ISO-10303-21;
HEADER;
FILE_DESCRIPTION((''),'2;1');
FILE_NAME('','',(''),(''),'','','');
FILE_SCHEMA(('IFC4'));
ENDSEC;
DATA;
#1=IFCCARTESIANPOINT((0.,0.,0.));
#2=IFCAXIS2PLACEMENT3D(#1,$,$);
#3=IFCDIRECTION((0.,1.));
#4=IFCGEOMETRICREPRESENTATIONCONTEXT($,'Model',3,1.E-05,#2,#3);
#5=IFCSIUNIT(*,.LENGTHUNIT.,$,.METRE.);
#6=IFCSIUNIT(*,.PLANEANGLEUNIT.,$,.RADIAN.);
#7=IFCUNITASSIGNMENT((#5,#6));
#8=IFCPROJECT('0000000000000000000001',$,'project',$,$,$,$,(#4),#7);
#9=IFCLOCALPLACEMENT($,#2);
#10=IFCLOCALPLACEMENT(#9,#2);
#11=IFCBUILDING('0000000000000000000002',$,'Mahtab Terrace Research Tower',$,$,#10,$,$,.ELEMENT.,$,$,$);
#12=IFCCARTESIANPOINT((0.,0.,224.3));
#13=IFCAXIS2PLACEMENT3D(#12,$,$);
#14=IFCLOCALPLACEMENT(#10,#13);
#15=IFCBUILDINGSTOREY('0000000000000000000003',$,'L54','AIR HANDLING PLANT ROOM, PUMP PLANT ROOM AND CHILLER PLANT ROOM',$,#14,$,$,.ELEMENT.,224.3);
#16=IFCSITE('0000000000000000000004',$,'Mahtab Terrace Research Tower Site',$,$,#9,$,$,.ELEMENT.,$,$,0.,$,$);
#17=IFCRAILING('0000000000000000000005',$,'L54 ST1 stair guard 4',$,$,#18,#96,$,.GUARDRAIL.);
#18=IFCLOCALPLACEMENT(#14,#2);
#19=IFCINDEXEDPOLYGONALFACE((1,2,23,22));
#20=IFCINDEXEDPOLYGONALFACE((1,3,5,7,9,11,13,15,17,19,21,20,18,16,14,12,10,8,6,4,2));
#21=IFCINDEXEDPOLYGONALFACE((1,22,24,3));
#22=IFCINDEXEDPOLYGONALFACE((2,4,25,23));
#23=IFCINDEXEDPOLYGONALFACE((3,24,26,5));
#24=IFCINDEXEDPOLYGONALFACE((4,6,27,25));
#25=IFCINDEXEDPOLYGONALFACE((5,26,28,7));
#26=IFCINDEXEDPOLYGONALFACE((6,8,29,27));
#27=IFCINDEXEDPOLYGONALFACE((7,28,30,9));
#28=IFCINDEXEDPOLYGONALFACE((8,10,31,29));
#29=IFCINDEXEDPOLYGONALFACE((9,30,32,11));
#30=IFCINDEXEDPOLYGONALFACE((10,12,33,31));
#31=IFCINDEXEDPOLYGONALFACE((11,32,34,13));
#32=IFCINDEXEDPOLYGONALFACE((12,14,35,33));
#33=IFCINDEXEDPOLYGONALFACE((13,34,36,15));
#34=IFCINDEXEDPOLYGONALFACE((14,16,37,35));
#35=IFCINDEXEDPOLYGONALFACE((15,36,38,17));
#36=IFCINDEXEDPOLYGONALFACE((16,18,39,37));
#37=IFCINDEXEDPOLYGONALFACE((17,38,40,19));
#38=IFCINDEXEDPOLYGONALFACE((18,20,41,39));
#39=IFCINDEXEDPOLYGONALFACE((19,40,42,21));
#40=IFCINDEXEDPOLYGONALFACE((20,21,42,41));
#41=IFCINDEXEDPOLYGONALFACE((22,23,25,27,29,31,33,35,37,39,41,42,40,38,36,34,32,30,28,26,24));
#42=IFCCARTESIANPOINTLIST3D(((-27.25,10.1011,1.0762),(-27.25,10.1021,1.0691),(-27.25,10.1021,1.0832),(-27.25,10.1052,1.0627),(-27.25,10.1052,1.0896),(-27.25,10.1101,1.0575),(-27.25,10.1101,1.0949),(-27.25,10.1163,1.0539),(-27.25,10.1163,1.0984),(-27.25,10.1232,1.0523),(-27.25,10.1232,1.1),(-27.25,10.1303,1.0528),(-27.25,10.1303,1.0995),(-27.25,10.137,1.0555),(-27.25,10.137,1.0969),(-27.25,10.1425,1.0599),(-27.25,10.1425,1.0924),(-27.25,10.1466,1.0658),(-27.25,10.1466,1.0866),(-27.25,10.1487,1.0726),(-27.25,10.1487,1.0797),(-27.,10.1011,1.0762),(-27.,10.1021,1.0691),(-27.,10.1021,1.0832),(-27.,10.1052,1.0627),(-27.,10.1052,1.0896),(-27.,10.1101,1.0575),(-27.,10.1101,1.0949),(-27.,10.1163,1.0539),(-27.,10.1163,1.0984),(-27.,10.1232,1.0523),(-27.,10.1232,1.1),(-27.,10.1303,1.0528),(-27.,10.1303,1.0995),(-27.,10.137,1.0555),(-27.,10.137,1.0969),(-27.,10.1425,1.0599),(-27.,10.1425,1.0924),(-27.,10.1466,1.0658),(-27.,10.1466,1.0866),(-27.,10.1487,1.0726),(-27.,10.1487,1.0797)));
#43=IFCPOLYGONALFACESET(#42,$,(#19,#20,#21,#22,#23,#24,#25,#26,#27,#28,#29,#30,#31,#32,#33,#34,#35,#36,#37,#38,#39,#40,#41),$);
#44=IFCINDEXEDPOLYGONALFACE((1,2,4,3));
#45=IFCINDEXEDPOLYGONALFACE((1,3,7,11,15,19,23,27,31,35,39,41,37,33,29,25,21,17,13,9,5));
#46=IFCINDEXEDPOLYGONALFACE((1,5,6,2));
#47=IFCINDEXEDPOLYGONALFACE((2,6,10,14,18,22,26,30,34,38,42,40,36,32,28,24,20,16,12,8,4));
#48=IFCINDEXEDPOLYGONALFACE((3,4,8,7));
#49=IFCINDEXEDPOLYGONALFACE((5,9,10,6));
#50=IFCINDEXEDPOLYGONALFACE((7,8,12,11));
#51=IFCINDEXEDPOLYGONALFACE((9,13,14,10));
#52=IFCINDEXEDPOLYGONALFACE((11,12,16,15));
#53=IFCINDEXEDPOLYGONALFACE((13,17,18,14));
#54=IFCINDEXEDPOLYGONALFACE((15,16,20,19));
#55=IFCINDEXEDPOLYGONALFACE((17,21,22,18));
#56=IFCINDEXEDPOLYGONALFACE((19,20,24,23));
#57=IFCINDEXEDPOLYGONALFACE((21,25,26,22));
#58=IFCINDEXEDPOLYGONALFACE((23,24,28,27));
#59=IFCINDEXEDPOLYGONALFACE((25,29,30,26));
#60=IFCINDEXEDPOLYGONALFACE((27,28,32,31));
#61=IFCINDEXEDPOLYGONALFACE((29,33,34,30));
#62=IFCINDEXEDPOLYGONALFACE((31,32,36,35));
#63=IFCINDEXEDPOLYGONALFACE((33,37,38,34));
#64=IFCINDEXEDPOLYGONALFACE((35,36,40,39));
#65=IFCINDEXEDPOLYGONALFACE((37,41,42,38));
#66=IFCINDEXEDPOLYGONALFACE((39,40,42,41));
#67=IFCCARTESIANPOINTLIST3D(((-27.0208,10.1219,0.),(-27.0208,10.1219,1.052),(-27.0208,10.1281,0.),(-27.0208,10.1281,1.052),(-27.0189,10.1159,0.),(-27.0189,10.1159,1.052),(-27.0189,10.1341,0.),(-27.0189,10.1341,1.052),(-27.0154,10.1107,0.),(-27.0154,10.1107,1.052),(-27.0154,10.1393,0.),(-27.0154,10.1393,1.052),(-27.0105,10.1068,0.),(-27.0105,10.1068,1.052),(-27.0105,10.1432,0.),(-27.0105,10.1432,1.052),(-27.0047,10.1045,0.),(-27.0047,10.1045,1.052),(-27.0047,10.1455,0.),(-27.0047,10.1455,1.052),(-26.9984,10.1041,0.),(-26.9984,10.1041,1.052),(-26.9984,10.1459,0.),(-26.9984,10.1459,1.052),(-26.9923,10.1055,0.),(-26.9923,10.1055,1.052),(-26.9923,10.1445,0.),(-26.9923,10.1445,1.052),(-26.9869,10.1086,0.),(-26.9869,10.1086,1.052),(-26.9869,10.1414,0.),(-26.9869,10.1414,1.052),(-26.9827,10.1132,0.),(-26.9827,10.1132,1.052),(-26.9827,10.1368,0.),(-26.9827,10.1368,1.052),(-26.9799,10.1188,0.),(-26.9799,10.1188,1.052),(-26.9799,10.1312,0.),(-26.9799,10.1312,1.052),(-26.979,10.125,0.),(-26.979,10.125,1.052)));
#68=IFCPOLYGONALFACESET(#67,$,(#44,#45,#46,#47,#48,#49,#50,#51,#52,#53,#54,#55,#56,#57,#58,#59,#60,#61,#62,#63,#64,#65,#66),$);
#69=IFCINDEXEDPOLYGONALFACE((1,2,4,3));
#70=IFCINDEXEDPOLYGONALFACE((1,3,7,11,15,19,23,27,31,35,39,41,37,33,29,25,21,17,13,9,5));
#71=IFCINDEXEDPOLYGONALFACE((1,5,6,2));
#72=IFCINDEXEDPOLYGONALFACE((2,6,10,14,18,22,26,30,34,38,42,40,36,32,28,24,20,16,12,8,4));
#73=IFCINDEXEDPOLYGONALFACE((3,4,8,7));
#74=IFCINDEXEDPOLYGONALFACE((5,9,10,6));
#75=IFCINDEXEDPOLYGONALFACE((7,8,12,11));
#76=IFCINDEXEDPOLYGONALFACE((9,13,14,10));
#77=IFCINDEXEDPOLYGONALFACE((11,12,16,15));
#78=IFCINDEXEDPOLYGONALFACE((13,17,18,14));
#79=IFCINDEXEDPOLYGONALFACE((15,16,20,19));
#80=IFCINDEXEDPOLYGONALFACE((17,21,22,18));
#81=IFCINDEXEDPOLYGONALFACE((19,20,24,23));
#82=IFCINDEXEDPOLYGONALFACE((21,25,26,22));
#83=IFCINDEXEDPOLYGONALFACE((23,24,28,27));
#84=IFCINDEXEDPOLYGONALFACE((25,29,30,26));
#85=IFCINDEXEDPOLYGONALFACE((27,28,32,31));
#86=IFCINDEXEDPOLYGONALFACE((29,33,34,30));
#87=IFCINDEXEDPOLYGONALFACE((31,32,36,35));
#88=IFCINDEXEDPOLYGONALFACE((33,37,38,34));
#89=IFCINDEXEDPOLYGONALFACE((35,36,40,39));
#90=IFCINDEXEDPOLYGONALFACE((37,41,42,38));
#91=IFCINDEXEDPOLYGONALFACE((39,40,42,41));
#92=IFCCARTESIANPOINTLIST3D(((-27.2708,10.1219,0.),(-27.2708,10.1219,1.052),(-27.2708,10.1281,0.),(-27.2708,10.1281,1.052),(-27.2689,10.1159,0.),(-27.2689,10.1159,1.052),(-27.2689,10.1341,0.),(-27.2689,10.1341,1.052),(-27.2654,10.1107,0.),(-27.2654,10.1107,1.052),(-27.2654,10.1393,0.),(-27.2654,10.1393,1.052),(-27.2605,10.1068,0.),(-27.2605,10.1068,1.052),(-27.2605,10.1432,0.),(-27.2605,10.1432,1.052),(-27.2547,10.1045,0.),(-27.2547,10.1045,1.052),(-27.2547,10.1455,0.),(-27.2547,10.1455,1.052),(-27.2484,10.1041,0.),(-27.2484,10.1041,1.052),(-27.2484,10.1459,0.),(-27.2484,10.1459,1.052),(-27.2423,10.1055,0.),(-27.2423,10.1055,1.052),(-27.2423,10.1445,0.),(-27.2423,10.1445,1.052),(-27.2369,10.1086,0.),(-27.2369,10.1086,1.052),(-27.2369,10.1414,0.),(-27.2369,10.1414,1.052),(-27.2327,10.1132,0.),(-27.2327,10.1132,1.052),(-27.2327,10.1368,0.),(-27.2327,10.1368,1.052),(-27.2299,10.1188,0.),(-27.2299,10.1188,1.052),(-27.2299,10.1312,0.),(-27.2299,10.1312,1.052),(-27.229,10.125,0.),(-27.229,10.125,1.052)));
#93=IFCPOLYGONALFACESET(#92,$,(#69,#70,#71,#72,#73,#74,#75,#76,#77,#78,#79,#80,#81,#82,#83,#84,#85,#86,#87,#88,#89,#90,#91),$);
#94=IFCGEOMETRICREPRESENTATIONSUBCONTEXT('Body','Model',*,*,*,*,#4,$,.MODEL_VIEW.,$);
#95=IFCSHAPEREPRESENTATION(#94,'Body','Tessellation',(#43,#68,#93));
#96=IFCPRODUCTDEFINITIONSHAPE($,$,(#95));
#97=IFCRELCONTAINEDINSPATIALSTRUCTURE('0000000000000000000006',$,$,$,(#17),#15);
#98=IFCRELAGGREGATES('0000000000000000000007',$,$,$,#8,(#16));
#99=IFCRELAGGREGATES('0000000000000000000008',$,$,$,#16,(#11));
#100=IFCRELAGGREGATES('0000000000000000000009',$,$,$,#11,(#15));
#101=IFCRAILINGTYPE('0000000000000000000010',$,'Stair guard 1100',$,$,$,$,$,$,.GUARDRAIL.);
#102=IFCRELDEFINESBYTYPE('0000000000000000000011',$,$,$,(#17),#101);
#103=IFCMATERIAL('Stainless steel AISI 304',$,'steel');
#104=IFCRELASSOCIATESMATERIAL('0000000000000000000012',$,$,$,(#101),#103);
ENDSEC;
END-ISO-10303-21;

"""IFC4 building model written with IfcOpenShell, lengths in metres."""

from ifc_helpers import new_model, si_unit, direction, frame, origin, origin_2d, place, context, subcontext, project, spatial, circle, extrude, material, type_object, element, save


model = new_model("IFC4")

# Units and contexts
model_context = context("Model", 3, precision=1e-05, world=origin(), true_north=direction((0.0, 1.0)))
body_context = subcontext(model_context, "Body", "Model", "MODEL_VIEW")
ifc_project = project(units=[si_unit("LENGTHUNIT", "METRE"), si_unit("PLANEANGLEUNIT", "RADIAN")], contexts=[model_context])

# Site, building, storey
site_placement = place(None, origin())
site = spatial("IfcSite", under=ifc_project, at=site_placement, Name="Mahtab Terrace Research Tower Site", CompositionType="ELEMENT", RefElevation=0.0)
building_placement = place(site_placement, origin())
building = spatial("IfcBuilding", under=site, at=building_placement, Name="Mahtab Terrace Research Tower", CompositionType="ELEMENT")
storey_placement = place(building_placement, frame((0.0, 0.0, 224.3)))
storey = spatial("IfcBuildingStorey", under=building, at=storey_placement, Name="L54", Description="AIR HANDLING PLANT ROOM, PUMP PLANT ROOM AND CHILLER PLANT ROOM", CompositionType="ELEMENT", Elevation=224.3)

# Railing
ifc_material_1 = material(Name="Stainless steel AISI 304", Category="steel")
railing_type_1 = type_object("IfcRailingType", Name="Stair guard 1100", PredefinedType="GUARDRAIL", material=ifc_material_1)
railing_1_placement = place(storey_placement, frame((-27.0, 10.125, 0.0)))
element("IfcRailing", 1, at=railing_1_placement, inside=storey, type_object=railing_type_1, Name="L54 ST1 stair guard 4", PredefinedType="GUARDRAIL", context=body_context, shape_type="SweptSolid", body=[
    extrude(circle(Radius=0.0239, at=origin_2d()), frame((0.0, 0.0, 1.0762), z_axis=(-1.0, 0.0, 0.0), x_axis=(0.0, -1.0, 0.0)), (0.0, 0.0, 1.0), 0.25),
    extrude(circle(Radius=0.021, at=origin_2d()), origin(), (0.0, 0.0, 1.0), 1.052),
    extrude(circle(Radius=0.021, at=origin_2d()), frame((-0.25, 0.0, 0.0)), (0.0, 0.0, 1.0), 1.052),
])

save(model, "model.ifc")
